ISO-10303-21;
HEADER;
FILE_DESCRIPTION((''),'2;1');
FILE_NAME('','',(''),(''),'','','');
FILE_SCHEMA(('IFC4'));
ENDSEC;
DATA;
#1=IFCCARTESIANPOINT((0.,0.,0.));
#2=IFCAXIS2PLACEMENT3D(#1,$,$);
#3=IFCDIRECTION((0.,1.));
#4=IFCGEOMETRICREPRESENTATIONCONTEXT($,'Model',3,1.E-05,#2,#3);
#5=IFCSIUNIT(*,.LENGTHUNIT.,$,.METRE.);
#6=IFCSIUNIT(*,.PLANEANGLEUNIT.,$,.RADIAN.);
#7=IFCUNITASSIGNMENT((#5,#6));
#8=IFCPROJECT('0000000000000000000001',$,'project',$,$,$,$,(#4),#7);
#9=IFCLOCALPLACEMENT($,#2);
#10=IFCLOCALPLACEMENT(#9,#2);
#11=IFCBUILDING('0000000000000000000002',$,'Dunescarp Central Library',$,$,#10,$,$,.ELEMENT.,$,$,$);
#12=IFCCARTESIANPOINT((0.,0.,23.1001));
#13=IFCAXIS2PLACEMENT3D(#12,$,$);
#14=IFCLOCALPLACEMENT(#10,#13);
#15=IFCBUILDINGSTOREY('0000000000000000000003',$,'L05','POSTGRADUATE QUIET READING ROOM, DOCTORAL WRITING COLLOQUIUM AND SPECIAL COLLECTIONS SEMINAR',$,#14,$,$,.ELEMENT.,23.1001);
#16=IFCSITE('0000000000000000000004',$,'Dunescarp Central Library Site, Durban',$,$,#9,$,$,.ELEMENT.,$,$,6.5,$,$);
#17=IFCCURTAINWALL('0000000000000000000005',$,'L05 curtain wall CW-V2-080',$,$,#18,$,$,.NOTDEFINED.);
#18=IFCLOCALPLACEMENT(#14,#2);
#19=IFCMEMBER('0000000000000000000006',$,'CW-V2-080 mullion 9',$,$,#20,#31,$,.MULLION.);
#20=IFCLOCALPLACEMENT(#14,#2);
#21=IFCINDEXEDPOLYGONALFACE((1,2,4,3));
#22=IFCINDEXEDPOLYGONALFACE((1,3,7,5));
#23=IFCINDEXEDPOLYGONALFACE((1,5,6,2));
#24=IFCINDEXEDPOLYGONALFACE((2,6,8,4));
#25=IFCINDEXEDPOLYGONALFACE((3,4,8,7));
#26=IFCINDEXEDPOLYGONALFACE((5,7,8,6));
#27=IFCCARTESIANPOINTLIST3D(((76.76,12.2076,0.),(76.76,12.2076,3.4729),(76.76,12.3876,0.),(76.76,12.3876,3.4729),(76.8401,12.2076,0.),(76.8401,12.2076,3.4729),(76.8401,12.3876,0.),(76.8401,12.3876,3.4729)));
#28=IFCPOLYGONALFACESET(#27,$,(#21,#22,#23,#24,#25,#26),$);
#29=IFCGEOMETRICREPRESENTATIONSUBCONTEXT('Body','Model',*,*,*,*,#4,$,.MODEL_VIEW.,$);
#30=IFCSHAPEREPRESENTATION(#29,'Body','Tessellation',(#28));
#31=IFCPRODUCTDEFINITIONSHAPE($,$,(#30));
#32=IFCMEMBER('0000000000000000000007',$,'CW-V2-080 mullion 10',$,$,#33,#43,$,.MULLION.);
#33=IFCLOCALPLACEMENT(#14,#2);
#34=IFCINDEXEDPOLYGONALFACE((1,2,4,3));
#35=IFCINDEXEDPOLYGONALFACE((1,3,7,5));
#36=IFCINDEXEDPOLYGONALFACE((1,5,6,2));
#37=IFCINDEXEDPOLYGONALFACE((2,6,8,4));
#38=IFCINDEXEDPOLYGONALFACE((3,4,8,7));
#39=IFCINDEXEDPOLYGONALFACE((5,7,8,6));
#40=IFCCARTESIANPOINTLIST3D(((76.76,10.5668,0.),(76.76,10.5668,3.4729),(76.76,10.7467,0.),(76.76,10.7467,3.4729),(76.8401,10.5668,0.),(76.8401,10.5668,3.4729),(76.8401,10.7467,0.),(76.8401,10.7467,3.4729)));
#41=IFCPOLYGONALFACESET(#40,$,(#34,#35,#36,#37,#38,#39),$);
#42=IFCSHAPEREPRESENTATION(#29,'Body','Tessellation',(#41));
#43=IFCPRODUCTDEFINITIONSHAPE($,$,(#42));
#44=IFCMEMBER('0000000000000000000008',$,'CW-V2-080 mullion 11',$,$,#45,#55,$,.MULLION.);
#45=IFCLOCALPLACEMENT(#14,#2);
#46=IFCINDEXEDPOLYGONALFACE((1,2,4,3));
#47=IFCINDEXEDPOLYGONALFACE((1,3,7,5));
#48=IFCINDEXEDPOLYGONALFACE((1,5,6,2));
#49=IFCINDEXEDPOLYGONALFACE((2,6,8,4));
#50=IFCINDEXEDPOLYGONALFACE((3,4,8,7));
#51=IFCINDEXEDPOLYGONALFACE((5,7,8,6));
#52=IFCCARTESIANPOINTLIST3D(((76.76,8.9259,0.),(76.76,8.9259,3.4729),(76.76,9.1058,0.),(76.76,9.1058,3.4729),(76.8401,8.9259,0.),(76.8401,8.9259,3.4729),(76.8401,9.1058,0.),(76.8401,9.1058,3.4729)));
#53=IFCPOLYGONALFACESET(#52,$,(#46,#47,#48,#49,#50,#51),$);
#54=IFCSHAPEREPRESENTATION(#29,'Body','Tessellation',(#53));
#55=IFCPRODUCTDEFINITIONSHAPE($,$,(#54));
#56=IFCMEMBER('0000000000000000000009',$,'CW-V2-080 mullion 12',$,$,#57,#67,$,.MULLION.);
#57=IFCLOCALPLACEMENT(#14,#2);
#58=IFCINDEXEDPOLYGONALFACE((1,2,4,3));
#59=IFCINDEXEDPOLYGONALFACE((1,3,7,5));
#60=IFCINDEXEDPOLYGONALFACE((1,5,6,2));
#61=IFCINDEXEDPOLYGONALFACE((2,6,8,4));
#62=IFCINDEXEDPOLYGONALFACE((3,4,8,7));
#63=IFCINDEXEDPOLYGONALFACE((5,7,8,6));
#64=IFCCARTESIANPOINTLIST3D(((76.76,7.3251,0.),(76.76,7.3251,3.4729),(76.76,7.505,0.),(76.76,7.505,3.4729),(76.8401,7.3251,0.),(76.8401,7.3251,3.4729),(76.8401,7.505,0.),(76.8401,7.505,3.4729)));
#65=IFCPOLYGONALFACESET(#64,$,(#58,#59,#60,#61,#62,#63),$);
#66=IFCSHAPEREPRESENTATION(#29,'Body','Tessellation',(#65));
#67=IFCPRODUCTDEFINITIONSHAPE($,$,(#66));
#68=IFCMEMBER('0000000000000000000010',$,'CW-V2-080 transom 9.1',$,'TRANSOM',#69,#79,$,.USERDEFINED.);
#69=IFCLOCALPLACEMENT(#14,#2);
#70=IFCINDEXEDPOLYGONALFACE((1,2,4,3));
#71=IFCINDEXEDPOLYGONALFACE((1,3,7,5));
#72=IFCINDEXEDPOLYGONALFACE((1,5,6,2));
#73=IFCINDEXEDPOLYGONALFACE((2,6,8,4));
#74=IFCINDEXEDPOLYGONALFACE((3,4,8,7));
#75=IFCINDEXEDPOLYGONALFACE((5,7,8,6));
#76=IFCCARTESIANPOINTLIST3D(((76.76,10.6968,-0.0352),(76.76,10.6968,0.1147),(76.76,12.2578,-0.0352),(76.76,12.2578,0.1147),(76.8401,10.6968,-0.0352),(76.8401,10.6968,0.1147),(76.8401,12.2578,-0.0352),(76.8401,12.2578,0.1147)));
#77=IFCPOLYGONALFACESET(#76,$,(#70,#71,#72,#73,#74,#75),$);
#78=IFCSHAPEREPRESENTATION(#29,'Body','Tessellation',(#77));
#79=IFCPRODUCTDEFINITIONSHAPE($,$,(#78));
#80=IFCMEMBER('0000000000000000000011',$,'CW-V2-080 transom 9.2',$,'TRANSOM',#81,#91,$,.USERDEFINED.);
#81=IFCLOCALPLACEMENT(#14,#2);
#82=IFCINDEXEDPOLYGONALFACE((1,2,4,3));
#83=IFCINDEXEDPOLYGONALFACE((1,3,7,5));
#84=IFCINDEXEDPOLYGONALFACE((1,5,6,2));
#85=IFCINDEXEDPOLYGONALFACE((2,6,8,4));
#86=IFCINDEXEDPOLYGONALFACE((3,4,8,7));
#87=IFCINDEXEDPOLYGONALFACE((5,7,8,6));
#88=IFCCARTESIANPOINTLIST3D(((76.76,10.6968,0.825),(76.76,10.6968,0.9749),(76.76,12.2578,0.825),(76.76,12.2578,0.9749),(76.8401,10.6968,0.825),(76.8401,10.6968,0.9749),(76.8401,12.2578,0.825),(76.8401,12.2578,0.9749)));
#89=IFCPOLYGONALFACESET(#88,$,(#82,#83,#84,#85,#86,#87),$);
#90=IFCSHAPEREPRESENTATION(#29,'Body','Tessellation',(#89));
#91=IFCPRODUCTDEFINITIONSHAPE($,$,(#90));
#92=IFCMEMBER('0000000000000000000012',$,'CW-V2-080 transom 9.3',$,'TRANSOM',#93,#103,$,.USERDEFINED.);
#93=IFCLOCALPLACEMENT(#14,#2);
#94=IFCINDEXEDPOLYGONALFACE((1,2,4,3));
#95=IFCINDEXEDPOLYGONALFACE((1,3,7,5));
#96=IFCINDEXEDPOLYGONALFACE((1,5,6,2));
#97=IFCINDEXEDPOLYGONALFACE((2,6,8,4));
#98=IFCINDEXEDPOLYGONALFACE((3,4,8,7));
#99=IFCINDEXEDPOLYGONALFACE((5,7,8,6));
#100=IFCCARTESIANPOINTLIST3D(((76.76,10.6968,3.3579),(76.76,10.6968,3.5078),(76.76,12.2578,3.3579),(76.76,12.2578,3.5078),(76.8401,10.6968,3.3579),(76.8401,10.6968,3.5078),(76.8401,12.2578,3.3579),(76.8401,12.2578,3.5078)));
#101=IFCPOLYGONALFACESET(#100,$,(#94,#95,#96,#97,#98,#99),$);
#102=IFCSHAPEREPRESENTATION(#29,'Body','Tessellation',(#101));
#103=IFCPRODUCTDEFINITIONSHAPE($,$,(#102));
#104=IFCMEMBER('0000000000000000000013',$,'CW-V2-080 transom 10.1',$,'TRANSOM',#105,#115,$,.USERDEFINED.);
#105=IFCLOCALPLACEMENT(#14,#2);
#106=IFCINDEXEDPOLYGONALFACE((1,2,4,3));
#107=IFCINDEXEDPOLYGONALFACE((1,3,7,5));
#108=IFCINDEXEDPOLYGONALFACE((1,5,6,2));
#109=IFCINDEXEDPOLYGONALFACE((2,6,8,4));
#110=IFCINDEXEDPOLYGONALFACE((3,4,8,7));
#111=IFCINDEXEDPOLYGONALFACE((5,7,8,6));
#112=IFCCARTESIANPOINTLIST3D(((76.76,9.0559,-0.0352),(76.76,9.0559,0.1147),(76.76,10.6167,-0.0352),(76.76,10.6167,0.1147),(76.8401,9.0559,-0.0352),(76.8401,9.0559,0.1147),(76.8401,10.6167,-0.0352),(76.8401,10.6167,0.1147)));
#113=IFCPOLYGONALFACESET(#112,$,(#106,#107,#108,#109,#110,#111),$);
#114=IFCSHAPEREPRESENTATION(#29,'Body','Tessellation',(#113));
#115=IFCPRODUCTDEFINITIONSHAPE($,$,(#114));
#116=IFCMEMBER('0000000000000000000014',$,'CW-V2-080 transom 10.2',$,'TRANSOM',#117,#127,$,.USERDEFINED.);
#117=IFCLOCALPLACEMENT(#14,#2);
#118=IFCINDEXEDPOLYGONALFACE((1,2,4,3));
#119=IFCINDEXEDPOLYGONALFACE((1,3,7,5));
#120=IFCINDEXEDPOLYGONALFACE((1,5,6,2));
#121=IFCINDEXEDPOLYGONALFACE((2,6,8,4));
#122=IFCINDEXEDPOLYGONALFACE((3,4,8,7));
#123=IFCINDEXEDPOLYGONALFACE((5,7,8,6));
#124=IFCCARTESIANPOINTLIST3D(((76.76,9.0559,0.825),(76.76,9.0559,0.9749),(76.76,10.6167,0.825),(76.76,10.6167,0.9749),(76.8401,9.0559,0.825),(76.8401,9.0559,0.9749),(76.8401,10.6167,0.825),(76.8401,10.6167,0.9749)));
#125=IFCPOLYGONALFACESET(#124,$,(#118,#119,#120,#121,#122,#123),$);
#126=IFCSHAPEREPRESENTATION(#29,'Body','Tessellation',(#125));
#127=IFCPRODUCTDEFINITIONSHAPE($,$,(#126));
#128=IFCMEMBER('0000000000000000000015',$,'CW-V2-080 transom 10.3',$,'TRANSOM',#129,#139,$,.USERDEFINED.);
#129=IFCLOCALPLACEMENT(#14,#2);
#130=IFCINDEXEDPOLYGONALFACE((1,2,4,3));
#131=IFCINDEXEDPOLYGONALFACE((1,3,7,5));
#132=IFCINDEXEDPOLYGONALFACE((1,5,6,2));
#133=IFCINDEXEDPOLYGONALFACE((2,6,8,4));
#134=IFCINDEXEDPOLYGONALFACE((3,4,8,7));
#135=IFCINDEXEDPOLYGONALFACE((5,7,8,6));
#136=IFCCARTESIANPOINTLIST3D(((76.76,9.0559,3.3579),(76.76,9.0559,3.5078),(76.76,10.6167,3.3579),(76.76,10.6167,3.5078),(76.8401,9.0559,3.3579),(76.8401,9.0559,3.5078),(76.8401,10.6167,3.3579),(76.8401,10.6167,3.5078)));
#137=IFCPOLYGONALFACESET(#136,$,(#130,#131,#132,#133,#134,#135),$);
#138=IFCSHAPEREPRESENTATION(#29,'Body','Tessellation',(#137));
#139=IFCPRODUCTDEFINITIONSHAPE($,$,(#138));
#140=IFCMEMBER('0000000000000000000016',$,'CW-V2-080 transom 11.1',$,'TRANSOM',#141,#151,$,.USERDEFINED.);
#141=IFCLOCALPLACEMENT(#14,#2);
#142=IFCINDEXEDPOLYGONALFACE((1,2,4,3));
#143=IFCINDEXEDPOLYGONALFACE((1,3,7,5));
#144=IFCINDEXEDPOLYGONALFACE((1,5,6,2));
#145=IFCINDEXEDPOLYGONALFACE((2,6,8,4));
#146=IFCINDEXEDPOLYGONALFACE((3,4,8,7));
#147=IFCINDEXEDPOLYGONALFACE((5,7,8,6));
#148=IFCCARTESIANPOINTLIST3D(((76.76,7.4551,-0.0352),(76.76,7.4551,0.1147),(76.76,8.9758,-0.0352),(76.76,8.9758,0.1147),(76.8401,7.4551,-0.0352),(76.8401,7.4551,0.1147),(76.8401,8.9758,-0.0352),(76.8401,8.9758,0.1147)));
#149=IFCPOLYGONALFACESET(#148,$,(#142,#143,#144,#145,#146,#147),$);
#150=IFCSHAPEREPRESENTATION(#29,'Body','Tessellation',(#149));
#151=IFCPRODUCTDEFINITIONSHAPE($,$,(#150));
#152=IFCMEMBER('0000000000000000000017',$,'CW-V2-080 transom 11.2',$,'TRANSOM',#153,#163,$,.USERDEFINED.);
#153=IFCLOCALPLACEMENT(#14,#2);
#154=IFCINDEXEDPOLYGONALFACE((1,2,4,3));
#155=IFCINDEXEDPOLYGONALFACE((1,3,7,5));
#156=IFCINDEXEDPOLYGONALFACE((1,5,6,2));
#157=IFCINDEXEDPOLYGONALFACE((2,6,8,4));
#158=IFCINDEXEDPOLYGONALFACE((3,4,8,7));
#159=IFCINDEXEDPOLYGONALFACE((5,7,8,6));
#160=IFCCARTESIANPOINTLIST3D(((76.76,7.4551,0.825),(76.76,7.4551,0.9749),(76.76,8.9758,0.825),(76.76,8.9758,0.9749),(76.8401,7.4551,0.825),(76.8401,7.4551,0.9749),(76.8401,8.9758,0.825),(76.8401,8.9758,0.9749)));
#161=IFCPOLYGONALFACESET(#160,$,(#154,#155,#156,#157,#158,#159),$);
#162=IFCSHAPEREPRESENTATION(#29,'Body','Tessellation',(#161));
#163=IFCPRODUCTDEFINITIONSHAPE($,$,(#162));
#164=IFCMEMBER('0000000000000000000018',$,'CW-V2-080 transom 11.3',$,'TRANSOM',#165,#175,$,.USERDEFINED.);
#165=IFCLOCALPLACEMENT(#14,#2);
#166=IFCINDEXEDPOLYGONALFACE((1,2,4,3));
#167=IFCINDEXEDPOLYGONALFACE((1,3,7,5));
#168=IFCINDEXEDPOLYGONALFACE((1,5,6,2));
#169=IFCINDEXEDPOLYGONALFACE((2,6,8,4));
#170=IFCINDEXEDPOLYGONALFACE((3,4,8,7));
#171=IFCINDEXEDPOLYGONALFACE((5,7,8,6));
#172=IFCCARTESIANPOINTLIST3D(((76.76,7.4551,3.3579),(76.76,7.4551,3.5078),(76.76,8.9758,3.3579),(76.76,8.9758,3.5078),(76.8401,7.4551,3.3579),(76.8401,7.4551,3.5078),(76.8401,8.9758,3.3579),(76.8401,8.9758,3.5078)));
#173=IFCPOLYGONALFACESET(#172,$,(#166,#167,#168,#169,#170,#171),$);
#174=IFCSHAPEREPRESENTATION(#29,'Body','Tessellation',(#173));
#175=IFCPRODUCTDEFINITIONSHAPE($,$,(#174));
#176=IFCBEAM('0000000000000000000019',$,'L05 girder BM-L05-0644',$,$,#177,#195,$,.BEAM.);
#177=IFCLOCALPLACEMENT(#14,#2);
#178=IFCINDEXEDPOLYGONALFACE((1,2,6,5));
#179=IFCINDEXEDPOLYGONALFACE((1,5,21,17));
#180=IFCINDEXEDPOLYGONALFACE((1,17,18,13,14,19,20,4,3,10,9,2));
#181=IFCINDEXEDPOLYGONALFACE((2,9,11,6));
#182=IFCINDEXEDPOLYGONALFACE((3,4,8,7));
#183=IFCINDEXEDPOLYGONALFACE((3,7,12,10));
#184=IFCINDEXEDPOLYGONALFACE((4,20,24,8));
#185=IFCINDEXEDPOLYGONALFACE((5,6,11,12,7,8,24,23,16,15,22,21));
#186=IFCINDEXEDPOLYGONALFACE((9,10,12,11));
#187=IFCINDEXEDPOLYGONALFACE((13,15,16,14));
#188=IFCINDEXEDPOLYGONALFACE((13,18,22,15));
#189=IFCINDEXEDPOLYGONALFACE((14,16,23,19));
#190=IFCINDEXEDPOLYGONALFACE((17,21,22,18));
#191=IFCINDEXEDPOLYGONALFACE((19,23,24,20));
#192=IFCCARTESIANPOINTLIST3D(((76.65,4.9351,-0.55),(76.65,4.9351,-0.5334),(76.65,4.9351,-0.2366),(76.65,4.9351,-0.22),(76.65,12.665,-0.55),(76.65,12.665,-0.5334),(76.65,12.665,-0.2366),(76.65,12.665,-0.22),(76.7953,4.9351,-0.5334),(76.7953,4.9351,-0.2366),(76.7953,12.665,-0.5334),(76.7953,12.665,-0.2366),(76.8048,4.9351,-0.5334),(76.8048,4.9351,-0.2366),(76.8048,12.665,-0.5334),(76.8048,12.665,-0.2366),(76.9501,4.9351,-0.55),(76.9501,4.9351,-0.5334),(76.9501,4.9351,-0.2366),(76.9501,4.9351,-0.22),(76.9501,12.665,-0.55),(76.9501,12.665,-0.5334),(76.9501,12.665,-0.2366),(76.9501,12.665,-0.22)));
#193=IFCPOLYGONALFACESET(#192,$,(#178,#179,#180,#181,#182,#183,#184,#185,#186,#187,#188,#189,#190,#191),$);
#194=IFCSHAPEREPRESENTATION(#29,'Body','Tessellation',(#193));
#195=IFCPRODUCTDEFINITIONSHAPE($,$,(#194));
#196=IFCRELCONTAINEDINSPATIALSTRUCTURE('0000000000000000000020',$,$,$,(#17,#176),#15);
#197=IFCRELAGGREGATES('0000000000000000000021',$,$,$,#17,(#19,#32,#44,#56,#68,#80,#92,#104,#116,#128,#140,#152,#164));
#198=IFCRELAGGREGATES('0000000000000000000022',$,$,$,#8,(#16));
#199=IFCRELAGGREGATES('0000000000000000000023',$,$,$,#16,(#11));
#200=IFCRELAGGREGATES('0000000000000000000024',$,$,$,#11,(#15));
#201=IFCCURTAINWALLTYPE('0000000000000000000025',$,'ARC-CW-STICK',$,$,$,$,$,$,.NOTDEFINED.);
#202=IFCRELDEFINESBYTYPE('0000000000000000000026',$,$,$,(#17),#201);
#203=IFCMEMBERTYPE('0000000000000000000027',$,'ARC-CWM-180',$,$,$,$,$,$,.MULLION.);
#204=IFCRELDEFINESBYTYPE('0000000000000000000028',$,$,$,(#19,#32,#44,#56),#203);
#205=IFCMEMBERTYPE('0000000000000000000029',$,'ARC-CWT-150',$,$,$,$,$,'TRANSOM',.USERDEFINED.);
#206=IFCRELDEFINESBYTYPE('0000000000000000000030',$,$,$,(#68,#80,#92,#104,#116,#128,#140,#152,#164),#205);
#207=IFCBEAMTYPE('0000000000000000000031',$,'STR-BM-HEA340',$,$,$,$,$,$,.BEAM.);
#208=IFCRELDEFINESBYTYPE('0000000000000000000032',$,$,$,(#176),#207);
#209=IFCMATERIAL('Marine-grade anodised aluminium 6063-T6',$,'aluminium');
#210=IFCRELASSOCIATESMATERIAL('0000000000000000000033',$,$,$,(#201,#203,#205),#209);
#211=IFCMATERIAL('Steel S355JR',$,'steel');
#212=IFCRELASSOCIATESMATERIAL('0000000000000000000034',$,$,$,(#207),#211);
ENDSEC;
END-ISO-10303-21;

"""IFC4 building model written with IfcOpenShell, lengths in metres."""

from ifc_helpers import new_model, si_unit, direction, frame, origin, origin_2d, place, context, subcontext, project, spatial, rectangle, i_section, extrude, material, material_profile, profile_set, type_object, element, aggregate, save


model = new_model("IFC4")

# Units and contexts
model_context = context("Model", 3, precision=1e-05, world=origin(), true_north=direction((0.0, 1.0)))
body_context = subcontext(model_context, "Body", "Model", "MODEL_VIEW")
ifc_project = project(units=[si_unit("LENGTHUNIT", "METRE"), si_unit("PLANEANGLEUNIT", "RADIAN")], contexts=[model_context])

# Site, building, storey
site_placement = place(None, origin())
site = spatial("IfcSite", under=ifc_project, at=site_placement, Name="Dunescarp Central Library Site, Durban", CompositionType="ELEMENT", RefElevation=6.5)
building_placement = place(site_placement, origin())
building = spatial("IfcBuilding", under=site, at=building_placement, Name="Dunescarp Central Library", CompositionType="ELEMENT")
storey_placement = place(building_placement, frame((0.0, 0.0, 23.1001)))
storey = spatial("IfcBuildingStorey", under=building, at=storey_placement, Name="L05", Description="POSTGRADUATE QUIET READING ROOM, DOCTORAL WRITING COLLOQUIUM AND SPECIAL COLLECTIONS SEMINAR", CompositionType="ELEMENT", Elevation=23.1001)

# Curtain wall, members
ifc_material_1 = material(Name="Marine-grade anodised aluminium 6063-T6", Category="aluminium")
curtain_wall_type = type_object("IfcCurtainWallType", Name="ARC-CW-STICK", PredefinedType="NOTDEFINED", material=ifc_material_1)
curtain_wall_placement = place(storey_placement, origin())
curtain_wall = element("IfcCurtainWall", 1, at=curtain_wall_placement, inside=storey, type_object=curtain_wall_type, Name="L05 curtain wall CW-V2-080", PredefinedType="NOTDEFINED")
ifc_material_profile_1 = material_profile(ifc_material_1, rectangle(XDim=0.0801, YDim=0.1799, at=origin_2d()), Name="AL 80x180")
ifc_profile_set_1 = profile_set([ifc_material_profile_1], Name="Marine-grade anodised aluminium 6063-T6")
member_type_1 = type_object("IfcMemberType", Name="ARC-CWM-180", PredefinedType="MULLION", material=ifc_profile_set_1)
member_1_placement = place(storey_placement, frame((76.8, 12.2976, 0.0), z_axis=(0.0, 0.0, 1.0), x_axis=(1.0, 0.0, 0.0)))
member_1 = element("IfcMember", 2, at=member_1_placement, type_object=member_type_1, Name="CW-V2-080 mullion 9", PredefinedType="MULLION", context=body_context, shape_type="SweptSolid", body=[
    extrude(rectangle(XDim=0.0801, YDim=0.1799, at=origin_2d()), origin(), (0.0, 0.0, 1.0), 3.4729),
])
member_2_placement = place(storey_placement, frame((76.8, 10.6567, 0.0), z_axis=(0.0, 0.0, 1.0), x_axis=(1.0, 0.0, 0.0)))
member_2 = element("IfcMember", 3, at=member_2_placement, type_object=member_type_1, Name="CW-V2-080 mullion 10", PredefinedType="MULLION", context=body_context, shape_type="SweptSolid", body=[
    extrude(rectangle(XDim=0.0801, YDim=0.1799, at=origin_2d()), origin(), (0.0, 0.0, 1.0), 3.4729),
])
member_3_placement = place(storey_placement, frame((76.8, 9.0159, 0.0), z_axis=(0.0, 0.0, 1.0), x_axis=(1.0, 0.0, 0.0)))
member_3 = element("IfcMember", 4, at=member_3_placement, type_object=member_type_1, Name="CW-V2-080 mullion 11", PredefinedType="MULLION", context=body_context, shape_type="SweptSolid", body=[
    extrude(rectangle(XDim=0.0801, YDim=0.1799, at=origin_2d()), origin(), (0.0, 0.0, 1.0), 3.4729),
])
member_4_placement = place(storey_placement, frame((76.8, 7.415, 0.0), z_axis=(0.0, 0.0, 1.0), x_axis=(1.0, 0.0, 0.0)))
member_4 = element("IfcMember", 5, at=member_4_placement, type_object=member_type_1, Name="CW-V2-080 mullion 12", PredefinedType="MULLION", context=body_context, shape_type="SweptSolid", body=[
    extrude(rectangle(XDim=0.0801, YDim=0.1799, at=origin_2d()), origin(), (0.0, 0.0, 1.0), 3.4729),
])
ifc_material_profile_2 = material_profile(ifc_material_1, rectangle(XDim=0.0801, YDim=0.1499, at=origin_2d()), Name="AL 80x150")
ifc_profile_set_2 = profile_set([ifc_material_profile_2], Name="Marine-grade anodised aluminium 6063-T6")
member_type_2 = type_object("IfcMemberType", Name="ARC-CWT-150", ElementType="TRANSOM", PredefinedType="USERDEFINED", material=ifc_profile_set_2)
member_5_placement = place(storey_placement, frame((76.8, 12.2578, 0.0398), z_axis=(0.0, -1.0, 0.0), x_axis=(1.0, 0.0, 0.0)))
member_5 = element("IfcMember", 6, at=member_5_placement, type_object=member_type_2, Name="CW-V2-080 transom 9.1", ObjectType="TRANSOM", PredefinedType="USERDEFINED", context=body_context, shape_type="SweptSolid", body=[
    extrude(rectangle(XDim=0.0801, YDim=0.1499, at=origin_2d()), origin(), (0.0, 0.0, 1.0), 1.561),
])
member_6_placement = place(storey_placement, frame((76.8, 12.2578, 0.8999), z_axis=(0.0, -1.0, 0.0), x_axis=(1.0, 0.0, 0.0)))
member_6 = element("IfcMember", 7, at=member_6_placement, type_object=member_type_2, Name="CW-V2-080 transom 9.2", ObjectType="TRANSOM", PredefinedType="USERDEFINED", context=body_context, shape_type="SweptSolid", body=[
    extrude(rectangle(XDim=0.0801, YDim=0.1499, at=origin_2d()), origin(), (0.0, 0.0, 1.0), 1.561),
])
member_7_placement = place(storey_placement, frame((76.8, 12.2578, 3.4329), z_axis=(0.0, -1.0, 0.0), x_axis=(1.0, 0.0, 0.0)))
member_7 = element("IfcMember", 8, at=member_7_placement, type_object=member_type_2, Name="CW-V2-080 transom 9.3", ObjectType="TRANSOM", PredefinedType="USERDEFINED", context=body_context, shape_type="SweptSolid", body=[
    extrude(rectangle(XDim=0.0801, YDim=0.1499, at=origin_2d()), origin(), (0.0, 0.0, 1.0), 1.561),
])
member_8_placement = place(storey_placement, frame((76.8, 10.6167, 0.0398), z_axis=(0.0, -1.0, 0.0), x_axis=(1.0, 0.0, 0.0)))
member_8 = element("IfcMember", 9, at=member_8_placement, type_object=member_type_2, Name="CW-V2-080 transom 10.1", ObjectType="TRANSOM", PredefinedType="USERDEFINED", context=body_context, shape_type="SweptSolid", body=[
    extrude(rectangle(XDim=0.0801, YDim=0.1499, at=origin_2d()), origin(), (0.0, 0.0, 1.0), 1.5608),
])
member_9_placement = place(storey_placement, frame((76.8, 10.6167, 0.8999), z_axis=(0.0, -1.0, 0.0), x_axis=(1.0, 0.0, 0.0)))
member_9 = element("IfcMember", 10, at=member_9_placement, type_object=member_type_2, Name="CW-V2-080 transom 10.2", ObjectType="TRANSOM", PredefinedType="USERDEFINED", context=body_context, shape_type="SweptSolid", body=[
    extrude(rectangle(XDim=0.0801, YDim=0.1499, at=origin_2d()), origin(), (0.0, 0.0, 1.0), 1.5608),
])
member_10_placement = place(storey_placement, frame((76.8, 10.6167, 3.4329), z_axis=(0.0, -1.0, 0.0), x_axis=(1.0, 0.0, 0.0)))
member_10 = element("IfcMember", 11, at=member_10_placement, type_object=member_type_2, Name="CW-V2-080 transom 10.3", ObjectType="TRANSOM", PredefinedType="USERDEFINED", context=body_context, shape_type="SweptSolid", body=[
    extrude(rectangle(XDim=0.0801, YDim=0.1499, at=origin_2d()), origin(), (0.0, 0.0, 1.0), 1.5608),
])
member_11_placement = place(storey_placement, frame((76.8, 8.9758, 0.0398), z_axis=(0.0, -1.0, 0.0), x_axis=(1.0, 0.0, 0.0)))
member_11 = element("IfcMember", 12, at=member_11_placement, type_object=member_type_2, Name="CW-V2-080 transom 11.1", ObjectType="TRANSOM", PredefinedType="USERDEFINED", context=body_context, shape_type="SweptSolid", body=[
    extrude(rectangle(XDim=0.0801, YDim=0.1499, at=origin_2d()), origin(), (0.0, 0.0, 1.0), 1.5208),
])
member_12_placement = place(storey_placement, frame((76.8, 8.9758, 0.8999), z_axis=(0.0, -1.0, 0.0), x_axis=(1.0, 0.0, 0.0)))
member_12 = element("IfcMember", 13, at=member_12_placement, type_object=member_type_2, Name="CW-V2-080 transom 11.2", ObjectType="TRANSOM", PredefinedType="USERDEFINED", context=body_context, shape_type="SweptSolid", body=[
    extrude(rectangle(XDim=0.0801, YDim=0.1499, at=origin_2d()), origin(), (0.0, 0.0, 1.0), 1.5208),
])
member_13_placement = place(storey_placement, frame((76.8, 8.9758, 3.4329), z_axis=(0.0, -1.0, 0.0), x_axis=(1.0, 0.0, 0.0)))
member_13 = element("IfcMember", 14, at=member_13_placement, type_object=member_type_2, Name="CW-V2-080 transom 11.3", ObjectType="TRANSOM", PredefinedType="USERDEFINED", context=body_context, shape_type="SweptSolid", body=[
    extrude(rectangle(XDim=0.0801, YDim=0.1499, at=origin_2d()), origin(), (0.0, 0.0, 1.0), 1.5208),
])

# Beam
ifc_material_2 = material(Name="Steel S355JR", Category="steel")
ifc_material_profile_3 = material_profile(ifc_material_2, i_section(OverallWidth=0.3, OverallDepth=0.3301, WebThickness=0.0095, FlangeThickness=0.0166, at=origin_2d()), Name="HEA 340")
ifc_profile_set_3 = profile_set([ifc_material_profile_3], Name="Steel S355JR")
beam_type = type_object("IfcBeamType", Name="STR-BM-HEA340", PredefinedType="BEAM", material=ifc_profile_set_3)
beam_placement = place(storey_placement, frame((76.8, 4.9351, -0.385), z_axis=(0.0, 1.0, 0.0), x_axis=(-1.0, 0.0, 0.0)))
element("IfcBeam", 15, at=beam_placement, inside=storey, type_object=beam_type, Name="L05 girder BM-L05-0644", PredefinedType="BEAM", context=body_context, shape_type="SweptSolid", body=[
    extrude(i_section(OverallWidth=0.3, OverallDepth=0.3301, WebThickness=0.0095, FlangeThickness=0.0166, at=origin_2d()), origin(), (0.0, 0.0, 1.0), 7.73),
])

aggregate(curtain_wall, [member_1, member_2, member_3, member_4, member_5, member_6, member_7, member_8, member_9, member_10, member_11, member_12, member_13])

save(model, "model.ifc")
